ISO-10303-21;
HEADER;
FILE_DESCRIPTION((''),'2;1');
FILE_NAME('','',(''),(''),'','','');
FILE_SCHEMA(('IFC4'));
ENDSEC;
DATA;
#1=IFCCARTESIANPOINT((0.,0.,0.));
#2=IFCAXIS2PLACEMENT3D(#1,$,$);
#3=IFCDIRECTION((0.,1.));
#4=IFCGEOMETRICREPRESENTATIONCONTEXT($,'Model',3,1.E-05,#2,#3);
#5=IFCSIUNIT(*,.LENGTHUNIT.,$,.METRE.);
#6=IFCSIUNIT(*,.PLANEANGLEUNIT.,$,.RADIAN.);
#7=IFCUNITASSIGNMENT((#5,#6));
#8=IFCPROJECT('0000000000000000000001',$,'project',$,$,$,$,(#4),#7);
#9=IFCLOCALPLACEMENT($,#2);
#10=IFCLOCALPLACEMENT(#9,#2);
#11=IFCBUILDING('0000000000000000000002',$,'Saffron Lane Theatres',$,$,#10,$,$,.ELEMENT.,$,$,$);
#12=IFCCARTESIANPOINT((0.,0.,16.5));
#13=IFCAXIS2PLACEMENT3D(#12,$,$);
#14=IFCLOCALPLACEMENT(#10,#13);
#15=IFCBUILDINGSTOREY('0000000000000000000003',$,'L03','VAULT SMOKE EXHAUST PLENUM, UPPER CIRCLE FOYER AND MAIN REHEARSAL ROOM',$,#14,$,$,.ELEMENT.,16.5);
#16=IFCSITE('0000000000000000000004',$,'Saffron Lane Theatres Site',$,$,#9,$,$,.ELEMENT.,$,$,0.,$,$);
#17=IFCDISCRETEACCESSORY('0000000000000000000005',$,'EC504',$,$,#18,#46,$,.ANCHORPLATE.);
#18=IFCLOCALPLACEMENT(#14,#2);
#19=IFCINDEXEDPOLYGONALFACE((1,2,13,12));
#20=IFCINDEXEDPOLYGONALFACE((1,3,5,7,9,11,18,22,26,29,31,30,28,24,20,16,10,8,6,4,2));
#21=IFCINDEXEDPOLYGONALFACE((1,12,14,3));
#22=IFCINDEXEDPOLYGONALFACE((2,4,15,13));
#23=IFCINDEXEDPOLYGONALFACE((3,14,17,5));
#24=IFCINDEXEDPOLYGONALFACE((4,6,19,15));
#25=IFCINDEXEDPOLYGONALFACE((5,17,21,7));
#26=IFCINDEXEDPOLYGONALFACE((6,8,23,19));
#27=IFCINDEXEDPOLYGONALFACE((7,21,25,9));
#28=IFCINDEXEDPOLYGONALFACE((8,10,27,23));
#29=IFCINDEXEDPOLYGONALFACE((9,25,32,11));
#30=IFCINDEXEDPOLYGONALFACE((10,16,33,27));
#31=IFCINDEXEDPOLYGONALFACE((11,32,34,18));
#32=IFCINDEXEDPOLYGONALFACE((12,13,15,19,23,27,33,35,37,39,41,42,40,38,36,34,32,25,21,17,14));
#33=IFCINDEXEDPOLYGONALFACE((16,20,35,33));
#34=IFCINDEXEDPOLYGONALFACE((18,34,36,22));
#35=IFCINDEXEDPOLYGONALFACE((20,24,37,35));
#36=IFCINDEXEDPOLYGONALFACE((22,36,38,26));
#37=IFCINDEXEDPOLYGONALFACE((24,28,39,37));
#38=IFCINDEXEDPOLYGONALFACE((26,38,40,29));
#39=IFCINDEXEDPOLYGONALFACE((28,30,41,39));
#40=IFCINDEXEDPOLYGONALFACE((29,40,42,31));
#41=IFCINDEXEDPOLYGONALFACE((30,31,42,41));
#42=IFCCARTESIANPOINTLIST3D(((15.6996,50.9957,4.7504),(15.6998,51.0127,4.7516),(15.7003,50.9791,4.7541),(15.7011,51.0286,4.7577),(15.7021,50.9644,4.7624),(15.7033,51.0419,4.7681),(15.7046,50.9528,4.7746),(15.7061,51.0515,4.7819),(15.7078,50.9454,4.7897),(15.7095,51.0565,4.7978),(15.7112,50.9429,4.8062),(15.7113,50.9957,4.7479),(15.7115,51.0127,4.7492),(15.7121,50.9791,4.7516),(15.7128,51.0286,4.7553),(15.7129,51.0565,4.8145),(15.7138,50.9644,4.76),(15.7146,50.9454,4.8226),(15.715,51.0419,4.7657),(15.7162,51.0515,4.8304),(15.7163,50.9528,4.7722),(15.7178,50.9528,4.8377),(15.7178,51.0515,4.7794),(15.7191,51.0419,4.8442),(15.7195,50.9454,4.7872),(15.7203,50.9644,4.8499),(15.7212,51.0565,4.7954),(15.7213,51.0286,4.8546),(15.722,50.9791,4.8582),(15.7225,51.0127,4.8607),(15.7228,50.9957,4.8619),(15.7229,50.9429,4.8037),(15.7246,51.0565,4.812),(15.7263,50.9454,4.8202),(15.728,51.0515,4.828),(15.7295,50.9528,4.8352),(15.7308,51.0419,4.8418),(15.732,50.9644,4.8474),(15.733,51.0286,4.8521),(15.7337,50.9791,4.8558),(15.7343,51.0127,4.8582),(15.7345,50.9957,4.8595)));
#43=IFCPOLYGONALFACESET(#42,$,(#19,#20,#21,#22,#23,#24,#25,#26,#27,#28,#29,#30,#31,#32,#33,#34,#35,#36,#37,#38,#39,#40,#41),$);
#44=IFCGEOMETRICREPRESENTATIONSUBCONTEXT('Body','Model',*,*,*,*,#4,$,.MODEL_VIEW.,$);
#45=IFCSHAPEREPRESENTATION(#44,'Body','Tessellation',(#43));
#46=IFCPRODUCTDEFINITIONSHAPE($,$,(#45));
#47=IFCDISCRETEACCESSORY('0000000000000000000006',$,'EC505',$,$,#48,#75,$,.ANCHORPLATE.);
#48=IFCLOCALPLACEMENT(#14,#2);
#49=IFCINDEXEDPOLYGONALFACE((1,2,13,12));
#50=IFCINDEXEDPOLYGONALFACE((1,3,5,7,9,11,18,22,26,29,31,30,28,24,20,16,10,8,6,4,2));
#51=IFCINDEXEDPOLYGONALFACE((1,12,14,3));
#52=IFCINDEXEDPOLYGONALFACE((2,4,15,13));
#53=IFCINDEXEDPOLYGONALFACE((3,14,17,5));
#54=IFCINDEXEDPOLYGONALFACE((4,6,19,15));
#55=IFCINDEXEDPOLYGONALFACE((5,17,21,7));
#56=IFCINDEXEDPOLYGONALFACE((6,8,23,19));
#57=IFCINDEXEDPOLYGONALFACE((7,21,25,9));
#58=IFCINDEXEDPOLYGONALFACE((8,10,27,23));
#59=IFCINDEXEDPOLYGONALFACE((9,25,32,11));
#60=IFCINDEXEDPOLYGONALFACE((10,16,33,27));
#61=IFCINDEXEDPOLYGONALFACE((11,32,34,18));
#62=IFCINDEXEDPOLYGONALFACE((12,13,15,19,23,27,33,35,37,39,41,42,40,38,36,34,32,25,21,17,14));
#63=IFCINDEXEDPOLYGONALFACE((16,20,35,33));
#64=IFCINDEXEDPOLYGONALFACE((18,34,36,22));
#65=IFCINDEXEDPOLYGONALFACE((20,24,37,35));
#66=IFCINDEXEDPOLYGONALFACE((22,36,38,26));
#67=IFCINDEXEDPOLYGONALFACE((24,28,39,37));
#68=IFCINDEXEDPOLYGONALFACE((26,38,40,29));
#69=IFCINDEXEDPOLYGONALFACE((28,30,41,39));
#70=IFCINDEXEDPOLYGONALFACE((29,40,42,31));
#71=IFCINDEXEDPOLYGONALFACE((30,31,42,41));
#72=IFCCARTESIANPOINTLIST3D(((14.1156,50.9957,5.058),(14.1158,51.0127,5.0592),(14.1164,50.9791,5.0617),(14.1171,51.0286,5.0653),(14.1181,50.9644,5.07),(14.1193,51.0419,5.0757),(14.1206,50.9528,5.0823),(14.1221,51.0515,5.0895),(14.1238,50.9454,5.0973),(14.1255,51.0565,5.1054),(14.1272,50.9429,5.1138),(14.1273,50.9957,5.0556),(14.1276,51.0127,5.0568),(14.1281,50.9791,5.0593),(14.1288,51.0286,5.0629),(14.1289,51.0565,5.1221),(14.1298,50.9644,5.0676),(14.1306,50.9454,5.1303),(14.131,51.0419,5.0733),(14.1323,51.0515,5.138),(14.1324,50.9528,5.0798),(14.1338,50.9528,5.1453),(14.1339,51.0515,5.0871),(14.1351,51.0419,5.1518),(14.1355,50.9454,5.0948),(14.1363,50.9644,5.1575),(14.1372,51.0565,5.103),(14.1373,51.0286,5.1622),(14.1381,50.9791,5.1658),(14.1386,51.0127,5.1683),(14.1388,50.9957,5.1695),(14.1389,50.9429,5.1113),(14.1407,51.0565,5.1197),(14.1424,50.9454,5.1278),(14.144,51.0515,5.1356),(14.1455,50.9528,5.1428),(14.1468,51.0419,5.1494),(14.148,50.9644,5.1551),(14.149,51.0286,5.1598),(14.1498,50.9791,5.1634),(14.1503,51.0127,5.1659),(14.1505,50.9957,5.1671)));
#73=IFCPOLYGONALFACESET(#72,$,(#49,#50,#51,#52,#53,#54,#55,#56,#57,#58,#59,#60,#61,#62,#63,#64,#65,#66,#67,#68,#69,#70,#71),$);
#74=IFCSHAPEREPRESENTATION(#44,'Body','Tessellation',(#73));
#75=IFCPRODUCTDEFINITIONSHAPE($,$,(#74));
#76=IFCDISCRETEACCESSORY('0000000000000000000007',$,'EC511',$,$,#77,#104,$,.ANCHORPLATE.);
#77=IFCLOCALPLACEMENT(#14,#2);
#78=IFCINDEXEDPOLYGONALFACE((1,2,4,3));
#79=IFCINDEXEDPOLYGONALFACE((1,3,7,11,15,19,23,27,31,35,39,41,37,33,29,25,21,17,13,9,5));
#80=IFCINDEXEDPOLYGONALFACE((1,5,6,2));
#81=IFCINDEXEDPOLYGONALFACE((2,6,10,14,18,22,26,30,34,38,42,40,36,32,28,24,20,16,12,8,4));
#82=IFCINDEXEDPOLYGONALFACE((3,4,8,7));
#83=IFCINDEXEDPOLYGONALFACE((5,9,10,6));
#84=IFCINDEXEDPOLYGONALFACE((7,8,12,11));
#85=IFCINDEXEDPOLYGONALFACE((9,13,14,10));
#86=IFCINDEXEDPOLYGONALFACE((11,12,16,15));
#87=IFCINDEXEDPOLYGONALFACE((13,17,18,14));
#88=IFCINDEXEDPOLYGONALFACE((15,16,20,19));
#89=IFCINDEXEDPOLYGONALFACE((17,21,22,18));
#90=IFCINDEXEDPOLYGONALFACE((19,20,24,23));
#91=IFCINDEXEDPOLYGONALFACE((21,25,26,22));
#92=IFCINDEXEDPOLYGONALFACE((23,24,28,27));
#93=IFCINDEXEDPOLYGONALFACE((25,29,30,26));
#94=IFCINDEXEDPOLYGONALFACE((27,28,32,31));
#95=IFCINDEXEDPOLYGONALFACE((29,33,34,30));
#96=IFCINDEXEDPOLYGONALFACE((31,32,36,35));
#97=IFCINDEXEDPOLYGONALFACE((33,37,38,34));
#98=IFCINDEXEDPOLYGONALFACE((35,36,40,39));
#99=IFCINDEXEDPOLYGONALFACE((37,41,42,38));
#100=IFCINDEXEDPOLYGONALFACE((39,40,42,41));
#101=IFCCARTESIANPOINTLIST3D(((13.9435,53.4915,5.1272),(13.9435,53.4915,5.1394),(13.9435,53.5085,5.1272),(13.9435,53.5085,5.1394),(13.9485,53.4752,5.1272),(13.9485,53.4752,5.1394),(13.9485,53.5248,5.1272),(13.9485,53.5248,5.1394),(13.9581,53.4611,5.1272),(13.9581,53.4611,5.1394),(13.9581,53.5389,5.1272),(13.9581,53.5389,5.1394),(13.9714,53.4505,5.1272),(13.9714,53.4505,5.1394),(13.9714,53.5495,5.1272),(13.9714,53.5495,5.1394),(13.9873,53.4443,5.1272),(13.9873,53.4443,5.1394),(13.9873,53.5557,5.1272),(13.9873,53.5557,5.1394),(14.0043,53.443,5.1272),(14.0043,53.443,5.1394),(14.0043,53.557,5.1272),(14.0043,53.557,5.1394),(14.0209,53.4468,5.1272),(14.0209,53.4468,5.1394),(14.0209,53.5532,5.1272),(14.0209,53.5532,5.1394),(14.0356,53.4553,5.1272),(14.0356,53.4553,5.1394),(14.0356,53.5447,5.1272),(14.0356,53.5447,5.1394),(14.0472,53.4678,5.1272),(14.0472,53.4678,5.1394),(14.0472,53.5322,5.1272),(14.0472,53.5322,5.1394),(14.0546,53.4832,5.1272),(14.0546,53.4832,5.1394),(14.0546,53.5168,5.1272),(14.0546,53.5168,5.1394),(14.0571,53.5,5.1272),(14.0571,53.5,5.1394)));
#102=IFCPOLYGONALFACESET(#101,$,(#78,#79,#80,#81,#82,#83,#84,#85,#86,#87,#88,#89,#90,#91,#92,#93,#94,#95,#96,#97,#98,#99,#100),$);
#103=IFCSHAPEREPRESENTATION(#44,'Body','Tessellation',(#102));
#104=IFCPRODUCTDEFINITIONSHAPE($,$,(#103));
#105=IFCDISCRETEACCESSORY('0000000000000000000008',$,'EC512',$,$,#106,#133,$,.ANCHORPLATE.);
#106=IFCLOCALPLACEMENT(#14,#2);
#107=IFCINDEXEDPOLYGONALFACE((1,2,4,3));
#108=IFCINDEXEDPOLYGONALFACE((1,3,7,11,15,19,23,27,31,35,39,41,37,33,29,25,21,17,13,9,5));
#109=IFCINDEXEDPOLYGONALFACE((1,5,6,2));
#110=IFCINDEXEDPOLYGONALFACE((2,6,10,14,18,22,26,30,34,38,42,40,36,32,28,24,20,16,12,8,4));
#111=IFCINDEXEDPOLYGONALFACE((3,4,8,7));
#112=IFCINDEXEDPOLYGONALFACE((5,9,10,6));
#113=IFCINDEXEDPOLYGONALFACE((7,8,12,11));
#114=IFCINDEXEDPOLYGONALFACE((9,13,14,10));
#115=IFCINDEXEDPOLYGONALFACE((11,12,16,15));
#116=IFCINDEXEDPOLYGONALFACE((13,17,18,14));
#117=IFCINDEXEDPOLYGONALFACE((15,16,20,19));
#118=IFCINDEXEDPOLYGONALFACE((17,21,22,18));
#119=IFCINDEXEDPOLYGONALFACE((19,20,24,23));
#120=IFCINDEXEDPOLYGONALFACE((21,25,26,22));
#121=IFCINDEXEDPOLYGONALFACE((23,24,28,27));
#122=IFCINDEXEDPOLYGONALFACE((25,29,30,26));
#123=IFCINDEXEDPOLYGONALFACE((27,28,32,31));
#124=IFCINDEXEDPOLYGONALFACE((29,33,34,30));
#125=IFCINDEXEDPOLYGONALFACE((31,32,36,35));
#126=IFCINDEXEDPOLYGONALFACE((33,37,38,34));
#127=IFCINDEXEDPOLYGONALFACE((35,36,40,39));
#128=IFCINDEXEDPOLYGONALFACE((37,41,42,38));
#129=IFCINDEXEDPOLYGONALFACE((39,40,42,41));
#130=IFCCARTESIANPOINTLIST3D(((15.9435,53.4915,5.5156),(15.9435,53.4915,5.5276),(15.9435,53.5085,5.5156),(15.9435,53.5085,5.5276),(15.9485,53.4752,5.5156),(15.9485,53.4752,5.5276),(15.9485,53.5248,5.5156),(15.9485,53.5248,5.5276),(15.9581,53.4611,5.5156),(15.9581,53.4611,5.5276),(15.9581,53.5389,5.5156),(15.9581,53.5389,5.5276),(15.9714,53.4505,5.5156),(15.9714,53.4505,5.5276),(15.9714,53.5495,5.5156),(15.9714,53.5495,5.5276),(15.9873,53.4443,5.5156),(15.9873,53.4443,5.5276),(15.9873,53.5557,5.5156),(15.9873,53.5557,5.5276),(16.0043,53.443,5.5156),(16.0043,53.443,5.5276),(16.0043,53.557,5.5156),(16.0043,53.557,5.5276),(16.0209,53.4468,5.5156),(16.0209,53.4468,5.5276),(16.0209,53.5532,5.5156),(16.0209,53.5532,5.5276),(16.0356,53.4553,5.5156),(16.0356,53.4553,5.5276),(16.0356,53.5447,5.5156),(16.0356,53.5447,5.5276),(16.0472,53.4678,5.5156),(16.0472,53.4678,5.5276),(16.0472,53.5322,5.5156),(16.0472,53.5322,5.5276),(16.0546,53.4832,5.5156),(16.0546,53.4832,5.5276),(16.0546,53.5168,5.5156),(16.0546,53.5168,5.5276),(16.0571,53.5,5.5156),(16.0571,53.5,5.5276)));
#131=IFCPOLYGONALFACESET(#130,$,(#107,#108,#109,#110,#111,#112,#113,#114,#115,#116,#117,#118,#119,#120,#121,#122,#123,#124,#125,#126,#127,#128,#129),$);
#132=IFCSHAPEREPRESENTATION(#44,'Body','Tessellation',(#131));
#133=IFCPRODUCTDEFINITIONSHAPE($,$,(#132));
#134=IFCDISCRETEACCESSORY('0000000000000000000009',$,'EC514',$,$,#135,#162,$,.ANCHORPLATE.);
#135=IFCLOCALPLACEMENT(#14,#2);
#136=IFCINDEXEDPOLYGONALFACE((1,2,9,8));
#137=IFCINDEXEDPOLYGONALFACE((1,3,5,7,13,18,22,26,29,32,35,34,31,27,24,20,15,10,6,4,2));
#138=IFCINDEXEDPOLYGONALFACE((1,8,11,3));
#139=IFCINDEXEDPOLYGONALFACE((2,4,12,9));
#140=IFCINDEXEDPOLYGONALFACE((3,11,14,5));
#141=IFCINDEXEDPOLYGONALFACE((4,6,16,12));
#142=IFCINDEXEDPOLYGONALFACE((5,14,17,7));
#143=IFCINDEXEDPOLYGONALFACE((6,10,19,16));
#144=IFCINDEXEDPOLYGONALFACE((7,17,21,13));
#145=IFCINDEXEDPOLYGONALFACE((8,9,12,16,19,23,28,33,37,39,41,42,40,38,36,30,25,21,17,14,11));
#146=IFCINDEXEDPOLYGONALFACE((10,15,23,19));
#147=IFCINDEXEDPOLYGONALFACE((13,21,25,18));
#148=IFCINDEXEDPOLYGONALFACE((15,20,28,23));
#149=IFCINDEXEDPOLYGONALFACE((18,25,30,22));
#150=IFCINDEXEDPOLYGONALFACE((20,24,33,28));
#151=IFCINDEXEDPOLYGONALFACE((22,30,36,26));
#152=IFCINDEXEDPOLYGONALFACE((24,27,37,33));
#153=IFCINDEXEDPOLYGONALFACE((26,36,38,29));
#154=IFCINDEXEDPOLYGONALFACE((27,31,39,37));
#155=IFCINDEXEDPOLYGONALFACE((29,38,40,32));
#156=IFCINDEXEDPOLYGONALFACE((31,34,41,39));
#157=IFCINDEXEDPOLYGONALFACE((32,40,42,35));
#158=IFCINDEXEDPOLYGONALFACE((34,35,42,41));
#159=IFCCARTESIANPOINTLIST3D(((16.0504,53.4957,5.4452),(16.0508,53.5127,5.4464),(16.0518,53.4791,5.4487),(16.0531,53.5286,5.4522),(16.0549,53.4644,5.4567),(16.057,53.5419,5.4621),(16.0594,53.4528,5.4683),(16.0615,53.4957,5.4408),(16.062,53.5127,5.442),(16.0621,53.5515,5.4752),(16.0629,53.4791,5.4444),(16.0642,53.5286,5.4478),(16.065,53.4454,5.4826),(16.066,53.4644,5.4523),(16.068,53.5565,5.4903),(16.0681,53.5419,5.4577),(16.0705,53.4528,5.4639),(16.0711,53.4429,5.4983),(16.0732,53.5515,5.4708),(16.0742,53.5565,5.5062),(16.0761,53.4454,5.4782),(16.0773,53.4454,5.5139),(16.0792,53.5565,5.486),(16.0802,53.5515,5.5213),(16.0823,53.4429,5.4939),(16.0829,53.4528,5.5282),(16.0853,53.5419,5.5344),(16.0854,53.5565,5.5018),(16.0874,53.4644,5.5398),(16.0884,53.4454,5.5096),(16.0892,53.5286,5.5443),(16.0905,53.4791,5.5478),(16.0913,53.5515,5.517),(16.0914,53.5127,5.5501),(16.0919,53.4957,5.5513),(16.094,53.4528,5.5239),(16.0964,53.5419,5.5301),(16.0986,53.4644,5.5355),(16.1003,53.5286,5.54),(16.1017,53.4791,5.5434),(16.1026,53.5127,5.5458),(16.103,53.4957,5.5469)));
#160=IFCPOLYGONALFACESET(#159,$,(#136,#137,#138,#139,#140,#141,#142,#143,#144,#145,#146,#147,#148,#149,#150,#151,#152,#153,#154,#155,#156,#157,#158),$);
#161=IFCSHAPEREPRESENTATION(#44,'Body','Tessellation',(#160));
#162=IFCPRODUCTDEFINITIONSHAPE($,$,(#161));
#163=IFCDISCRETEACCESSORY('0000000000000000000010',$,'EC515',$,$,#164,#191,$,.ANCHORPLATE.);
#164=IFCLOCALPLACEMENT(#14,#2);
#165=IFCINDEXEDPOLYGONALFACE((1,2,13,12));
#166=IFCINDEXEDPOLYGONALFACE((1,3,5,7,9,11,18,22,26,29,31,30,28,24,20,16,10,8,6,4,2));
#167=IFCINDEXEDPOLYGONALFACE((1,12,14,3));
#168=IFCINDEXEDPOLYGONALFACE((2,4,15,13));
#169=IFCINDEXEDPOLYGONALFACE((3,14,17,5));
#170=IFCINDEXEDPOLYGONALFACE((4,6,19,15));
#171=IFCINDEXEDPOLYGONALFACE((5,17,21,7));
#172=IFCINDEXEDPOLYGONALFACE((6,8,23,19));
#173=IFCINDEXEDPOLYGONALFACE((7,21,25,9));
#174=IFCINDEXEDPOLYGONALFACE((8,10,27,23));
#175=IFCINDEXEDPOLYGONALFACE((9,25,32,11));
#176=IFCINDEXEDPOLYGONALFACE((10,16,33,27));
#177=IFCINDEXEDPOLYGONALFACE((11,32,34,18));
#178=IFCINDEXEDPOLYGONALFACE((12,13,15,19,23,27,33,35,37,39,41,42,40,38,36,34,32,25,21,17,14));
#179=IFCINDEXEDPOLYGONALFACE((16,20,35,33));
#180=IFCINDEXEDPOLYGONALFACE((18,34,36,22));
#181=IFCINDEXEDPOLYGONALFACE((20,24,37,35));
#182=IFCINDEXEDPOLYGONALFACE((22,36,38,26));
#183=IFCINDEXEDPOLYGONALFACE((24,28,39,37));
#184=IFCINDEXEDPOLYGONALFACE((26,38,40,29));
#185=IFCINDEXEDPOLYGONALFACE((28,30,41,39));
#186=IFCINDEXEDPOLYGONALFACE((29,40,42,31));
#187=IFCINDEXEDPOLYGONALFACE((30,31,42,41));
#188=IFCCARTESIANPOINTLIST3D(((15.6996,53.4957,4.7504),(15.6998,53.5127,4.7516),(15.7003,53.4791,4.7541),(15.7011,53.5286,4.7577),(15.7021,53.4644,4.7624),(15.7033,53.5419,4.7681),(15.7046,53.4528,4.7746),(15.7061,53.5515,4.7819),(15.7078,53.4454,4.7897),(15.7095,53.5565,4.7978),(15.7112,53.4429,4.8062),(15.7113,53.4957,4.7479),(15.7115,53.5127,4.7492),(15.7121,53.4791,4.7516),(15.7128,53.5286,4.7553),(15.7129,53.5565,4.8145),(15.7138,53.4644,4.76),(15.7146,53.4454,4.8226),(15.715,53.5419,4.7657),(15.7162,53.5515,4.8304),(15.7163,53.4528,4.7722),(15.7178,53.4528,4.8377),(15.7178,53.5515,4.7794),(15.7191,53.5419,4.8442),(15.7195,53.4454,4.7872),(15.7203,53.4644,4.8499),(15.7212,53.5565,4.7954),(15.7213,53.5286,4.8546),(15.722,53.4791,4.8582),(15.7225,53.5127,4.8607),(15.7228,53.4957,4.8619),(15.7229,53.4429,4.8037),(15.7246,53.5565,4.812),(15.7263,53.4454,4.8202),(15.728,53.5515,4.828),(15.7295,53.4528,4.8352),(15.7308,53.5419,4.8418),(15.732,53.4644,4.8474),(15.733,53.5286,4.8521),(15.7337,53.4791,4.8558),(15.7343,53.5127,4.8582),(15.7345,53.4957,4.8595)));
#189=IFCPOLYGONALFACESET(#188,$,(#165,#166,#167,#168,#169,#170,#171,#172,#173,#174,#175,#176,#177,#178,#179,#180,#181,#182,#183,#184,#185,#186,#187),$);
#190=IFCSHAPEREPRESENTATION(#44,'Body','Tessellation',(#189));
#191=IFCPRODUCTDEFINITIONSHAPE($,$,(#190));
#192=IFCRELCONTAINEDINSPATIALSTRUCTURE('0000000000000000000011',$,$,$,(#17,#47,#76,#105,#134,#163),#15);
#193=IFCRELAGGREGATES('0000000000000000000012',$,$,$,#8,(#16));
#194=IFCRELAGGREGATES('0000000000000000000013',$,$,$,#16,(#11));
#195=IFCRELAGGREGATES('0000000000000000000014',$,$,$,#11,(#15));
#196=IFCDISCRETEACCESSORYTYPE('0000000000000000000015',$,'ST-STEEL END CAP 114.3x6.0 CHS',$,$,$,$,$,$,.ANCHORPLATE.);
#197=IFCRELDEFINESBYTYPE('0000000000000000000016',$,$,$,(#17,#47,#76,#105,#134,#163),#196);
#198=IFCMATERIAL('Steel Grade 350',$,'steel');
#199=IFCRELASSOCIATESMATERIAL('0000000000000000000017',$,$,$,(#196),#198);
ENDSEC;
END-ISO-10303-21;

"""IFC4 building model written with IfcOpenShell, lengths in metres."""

from ifc_helpers import new_model, si_unit, direction, frame, origin, origin_2d, place, context, subcontext, project, spatial, circle, extrude, material, material_profile, profile_set, type_object, element, save


model = new_model("IFC4")

# Units and contexts
model_context = context("Model", 3, precision=1e-05, world=origin(), true_north=direction((0.0, 1.0)))
body_context = subcontext(model_context, "Body", "Model", "MODEL_VIEW")
ifc_project = project(units=[si_unit("LENGTHUNIT", "METRE"), si_unit("PLANEANGLEUNIT", "RADIAN")], contexts=[model_context])

# Site, building, storey
site_placement = place(None, origin())
site = spatial("IfcSite", under=ifc_project, at=site_placement, Name="Saffron Lane Theatres Site", CompositionType="ELEMENT", RefElevation=0.0)
building_placement = place(site_placement, origin())
building = spatial("IfcBuilding", under=site, at=building_placement, Name="Saffron Lane Theatres", CompositionType="ELEMENT")
storey_placement = place(building_placement, frame((0.0, 0.0, 16.5)))
storey = spatial("IfcBuildingStorey", under=building, at=storey_placement, Name="L03", Description="VAULT SMOKE EXHAUST PLENUM, UPPER CIRCLE FOYER AND MAIN REHEARSAL ROOM", CompositionType="ELEMENT", Elevation=16.5)

# Discrete accessories
ifc_material_1 = material(Name="Steel Grade 350", Category="steel")
ifc_material_profile_1 = material_profile(ifc_material_1, circle(Radius=0.0571, at=origin_2d()))
ifc_profile_set_1 = profile_set([ifc_material_profile_1], Name="Steel Grade 350")
discrete_accessory_type_1 = type_object("IfcDiscreteAccessoryType", Name="ST-STEEL END CAP 114.3x6.0 CHS", PredefinedType="ANCHORPLATE", material=ifc_profile_set_1)
for number, where, z_axis, x_axis, name in (
    (1, (15.7229, 51.0, 4.8037), (-0.97898, 0.0, 0.203954), (0.0, -1.0, 0.0), "EC504"),
    (2, (14.1389, 51.0, 5.1113), (-0.97898, 0.0, 0.203954), (0.0, -1.0, 0.0), "EC505"),
):
    element("IfcDiscreteAccessory", number, at=place(storey_placement, frame(where, z_axis=z_axis, x_axis=x_axis)), inside=storey, type_object=discrete_accessory_type_1, Name=name, PredefinedType="ANCHORPLATE", context=body_context, shape_type="SweptSolid", body=[
        extrude(circle(Radius=0.0571, at=origin_2d()), origin(), (0.0, 0.0, 1.0), 0.012),
    ])
discrete_accessory_1_placement = place(storey_placement, frame((14.0, 53.5, 5.1272), z_axis=(0.0, 0.0, 1.0), x_axis=(1.0, 0.0, 0.0)))
element("IfcDiscreteAccessory", 3, at=discrete_accessory_1_placement, inside=storey, type_object=discrete_accessory_type_1, Name="EC511", PredefinedType="ANCHORPLATE", context=body_context, shape_type="SweptSolid", body=[
    extrude(circle(Radius=0.0571, at=origin_2d()), origin(), (0.0, 0.0, 1.0), 0.0122),
])
for number, where, z_axis, x_axis, name in (
    (4, (16.0, 53.5, 5.5156), (0.0, 0.0, 1.0), (1.0, 0.0, 0.0), "EC512"),
    (5, (16.0823, 53.5, 5.4939), (-0.931243, 0.0, 0.364399), (0.0, -1.0, 0.0), "EC514"),
    (6, (15.7229, 53.5, 4.8037), (-0.97898, 0.0, 0.203954), (0.0, -1.0, 0.0), "EC515"),
):
    element("IfcDiscreteAccessory", number, at=place(storey_placement, frame(where, z_axis=z_axis, x_axis=x_axis)), inside=storey, type_object=discrete_accessory_type_1, Name=name, PredefinedType="ANCHORPLATE", context=body_context, shape_type="SweptSolid", body=[
        extrude(circle(Radius=0.0571, at=origin_2d()), origin(), (0.0, 0.0, 1.0), 0.012),
    ])

save(model, "model.ifc")
